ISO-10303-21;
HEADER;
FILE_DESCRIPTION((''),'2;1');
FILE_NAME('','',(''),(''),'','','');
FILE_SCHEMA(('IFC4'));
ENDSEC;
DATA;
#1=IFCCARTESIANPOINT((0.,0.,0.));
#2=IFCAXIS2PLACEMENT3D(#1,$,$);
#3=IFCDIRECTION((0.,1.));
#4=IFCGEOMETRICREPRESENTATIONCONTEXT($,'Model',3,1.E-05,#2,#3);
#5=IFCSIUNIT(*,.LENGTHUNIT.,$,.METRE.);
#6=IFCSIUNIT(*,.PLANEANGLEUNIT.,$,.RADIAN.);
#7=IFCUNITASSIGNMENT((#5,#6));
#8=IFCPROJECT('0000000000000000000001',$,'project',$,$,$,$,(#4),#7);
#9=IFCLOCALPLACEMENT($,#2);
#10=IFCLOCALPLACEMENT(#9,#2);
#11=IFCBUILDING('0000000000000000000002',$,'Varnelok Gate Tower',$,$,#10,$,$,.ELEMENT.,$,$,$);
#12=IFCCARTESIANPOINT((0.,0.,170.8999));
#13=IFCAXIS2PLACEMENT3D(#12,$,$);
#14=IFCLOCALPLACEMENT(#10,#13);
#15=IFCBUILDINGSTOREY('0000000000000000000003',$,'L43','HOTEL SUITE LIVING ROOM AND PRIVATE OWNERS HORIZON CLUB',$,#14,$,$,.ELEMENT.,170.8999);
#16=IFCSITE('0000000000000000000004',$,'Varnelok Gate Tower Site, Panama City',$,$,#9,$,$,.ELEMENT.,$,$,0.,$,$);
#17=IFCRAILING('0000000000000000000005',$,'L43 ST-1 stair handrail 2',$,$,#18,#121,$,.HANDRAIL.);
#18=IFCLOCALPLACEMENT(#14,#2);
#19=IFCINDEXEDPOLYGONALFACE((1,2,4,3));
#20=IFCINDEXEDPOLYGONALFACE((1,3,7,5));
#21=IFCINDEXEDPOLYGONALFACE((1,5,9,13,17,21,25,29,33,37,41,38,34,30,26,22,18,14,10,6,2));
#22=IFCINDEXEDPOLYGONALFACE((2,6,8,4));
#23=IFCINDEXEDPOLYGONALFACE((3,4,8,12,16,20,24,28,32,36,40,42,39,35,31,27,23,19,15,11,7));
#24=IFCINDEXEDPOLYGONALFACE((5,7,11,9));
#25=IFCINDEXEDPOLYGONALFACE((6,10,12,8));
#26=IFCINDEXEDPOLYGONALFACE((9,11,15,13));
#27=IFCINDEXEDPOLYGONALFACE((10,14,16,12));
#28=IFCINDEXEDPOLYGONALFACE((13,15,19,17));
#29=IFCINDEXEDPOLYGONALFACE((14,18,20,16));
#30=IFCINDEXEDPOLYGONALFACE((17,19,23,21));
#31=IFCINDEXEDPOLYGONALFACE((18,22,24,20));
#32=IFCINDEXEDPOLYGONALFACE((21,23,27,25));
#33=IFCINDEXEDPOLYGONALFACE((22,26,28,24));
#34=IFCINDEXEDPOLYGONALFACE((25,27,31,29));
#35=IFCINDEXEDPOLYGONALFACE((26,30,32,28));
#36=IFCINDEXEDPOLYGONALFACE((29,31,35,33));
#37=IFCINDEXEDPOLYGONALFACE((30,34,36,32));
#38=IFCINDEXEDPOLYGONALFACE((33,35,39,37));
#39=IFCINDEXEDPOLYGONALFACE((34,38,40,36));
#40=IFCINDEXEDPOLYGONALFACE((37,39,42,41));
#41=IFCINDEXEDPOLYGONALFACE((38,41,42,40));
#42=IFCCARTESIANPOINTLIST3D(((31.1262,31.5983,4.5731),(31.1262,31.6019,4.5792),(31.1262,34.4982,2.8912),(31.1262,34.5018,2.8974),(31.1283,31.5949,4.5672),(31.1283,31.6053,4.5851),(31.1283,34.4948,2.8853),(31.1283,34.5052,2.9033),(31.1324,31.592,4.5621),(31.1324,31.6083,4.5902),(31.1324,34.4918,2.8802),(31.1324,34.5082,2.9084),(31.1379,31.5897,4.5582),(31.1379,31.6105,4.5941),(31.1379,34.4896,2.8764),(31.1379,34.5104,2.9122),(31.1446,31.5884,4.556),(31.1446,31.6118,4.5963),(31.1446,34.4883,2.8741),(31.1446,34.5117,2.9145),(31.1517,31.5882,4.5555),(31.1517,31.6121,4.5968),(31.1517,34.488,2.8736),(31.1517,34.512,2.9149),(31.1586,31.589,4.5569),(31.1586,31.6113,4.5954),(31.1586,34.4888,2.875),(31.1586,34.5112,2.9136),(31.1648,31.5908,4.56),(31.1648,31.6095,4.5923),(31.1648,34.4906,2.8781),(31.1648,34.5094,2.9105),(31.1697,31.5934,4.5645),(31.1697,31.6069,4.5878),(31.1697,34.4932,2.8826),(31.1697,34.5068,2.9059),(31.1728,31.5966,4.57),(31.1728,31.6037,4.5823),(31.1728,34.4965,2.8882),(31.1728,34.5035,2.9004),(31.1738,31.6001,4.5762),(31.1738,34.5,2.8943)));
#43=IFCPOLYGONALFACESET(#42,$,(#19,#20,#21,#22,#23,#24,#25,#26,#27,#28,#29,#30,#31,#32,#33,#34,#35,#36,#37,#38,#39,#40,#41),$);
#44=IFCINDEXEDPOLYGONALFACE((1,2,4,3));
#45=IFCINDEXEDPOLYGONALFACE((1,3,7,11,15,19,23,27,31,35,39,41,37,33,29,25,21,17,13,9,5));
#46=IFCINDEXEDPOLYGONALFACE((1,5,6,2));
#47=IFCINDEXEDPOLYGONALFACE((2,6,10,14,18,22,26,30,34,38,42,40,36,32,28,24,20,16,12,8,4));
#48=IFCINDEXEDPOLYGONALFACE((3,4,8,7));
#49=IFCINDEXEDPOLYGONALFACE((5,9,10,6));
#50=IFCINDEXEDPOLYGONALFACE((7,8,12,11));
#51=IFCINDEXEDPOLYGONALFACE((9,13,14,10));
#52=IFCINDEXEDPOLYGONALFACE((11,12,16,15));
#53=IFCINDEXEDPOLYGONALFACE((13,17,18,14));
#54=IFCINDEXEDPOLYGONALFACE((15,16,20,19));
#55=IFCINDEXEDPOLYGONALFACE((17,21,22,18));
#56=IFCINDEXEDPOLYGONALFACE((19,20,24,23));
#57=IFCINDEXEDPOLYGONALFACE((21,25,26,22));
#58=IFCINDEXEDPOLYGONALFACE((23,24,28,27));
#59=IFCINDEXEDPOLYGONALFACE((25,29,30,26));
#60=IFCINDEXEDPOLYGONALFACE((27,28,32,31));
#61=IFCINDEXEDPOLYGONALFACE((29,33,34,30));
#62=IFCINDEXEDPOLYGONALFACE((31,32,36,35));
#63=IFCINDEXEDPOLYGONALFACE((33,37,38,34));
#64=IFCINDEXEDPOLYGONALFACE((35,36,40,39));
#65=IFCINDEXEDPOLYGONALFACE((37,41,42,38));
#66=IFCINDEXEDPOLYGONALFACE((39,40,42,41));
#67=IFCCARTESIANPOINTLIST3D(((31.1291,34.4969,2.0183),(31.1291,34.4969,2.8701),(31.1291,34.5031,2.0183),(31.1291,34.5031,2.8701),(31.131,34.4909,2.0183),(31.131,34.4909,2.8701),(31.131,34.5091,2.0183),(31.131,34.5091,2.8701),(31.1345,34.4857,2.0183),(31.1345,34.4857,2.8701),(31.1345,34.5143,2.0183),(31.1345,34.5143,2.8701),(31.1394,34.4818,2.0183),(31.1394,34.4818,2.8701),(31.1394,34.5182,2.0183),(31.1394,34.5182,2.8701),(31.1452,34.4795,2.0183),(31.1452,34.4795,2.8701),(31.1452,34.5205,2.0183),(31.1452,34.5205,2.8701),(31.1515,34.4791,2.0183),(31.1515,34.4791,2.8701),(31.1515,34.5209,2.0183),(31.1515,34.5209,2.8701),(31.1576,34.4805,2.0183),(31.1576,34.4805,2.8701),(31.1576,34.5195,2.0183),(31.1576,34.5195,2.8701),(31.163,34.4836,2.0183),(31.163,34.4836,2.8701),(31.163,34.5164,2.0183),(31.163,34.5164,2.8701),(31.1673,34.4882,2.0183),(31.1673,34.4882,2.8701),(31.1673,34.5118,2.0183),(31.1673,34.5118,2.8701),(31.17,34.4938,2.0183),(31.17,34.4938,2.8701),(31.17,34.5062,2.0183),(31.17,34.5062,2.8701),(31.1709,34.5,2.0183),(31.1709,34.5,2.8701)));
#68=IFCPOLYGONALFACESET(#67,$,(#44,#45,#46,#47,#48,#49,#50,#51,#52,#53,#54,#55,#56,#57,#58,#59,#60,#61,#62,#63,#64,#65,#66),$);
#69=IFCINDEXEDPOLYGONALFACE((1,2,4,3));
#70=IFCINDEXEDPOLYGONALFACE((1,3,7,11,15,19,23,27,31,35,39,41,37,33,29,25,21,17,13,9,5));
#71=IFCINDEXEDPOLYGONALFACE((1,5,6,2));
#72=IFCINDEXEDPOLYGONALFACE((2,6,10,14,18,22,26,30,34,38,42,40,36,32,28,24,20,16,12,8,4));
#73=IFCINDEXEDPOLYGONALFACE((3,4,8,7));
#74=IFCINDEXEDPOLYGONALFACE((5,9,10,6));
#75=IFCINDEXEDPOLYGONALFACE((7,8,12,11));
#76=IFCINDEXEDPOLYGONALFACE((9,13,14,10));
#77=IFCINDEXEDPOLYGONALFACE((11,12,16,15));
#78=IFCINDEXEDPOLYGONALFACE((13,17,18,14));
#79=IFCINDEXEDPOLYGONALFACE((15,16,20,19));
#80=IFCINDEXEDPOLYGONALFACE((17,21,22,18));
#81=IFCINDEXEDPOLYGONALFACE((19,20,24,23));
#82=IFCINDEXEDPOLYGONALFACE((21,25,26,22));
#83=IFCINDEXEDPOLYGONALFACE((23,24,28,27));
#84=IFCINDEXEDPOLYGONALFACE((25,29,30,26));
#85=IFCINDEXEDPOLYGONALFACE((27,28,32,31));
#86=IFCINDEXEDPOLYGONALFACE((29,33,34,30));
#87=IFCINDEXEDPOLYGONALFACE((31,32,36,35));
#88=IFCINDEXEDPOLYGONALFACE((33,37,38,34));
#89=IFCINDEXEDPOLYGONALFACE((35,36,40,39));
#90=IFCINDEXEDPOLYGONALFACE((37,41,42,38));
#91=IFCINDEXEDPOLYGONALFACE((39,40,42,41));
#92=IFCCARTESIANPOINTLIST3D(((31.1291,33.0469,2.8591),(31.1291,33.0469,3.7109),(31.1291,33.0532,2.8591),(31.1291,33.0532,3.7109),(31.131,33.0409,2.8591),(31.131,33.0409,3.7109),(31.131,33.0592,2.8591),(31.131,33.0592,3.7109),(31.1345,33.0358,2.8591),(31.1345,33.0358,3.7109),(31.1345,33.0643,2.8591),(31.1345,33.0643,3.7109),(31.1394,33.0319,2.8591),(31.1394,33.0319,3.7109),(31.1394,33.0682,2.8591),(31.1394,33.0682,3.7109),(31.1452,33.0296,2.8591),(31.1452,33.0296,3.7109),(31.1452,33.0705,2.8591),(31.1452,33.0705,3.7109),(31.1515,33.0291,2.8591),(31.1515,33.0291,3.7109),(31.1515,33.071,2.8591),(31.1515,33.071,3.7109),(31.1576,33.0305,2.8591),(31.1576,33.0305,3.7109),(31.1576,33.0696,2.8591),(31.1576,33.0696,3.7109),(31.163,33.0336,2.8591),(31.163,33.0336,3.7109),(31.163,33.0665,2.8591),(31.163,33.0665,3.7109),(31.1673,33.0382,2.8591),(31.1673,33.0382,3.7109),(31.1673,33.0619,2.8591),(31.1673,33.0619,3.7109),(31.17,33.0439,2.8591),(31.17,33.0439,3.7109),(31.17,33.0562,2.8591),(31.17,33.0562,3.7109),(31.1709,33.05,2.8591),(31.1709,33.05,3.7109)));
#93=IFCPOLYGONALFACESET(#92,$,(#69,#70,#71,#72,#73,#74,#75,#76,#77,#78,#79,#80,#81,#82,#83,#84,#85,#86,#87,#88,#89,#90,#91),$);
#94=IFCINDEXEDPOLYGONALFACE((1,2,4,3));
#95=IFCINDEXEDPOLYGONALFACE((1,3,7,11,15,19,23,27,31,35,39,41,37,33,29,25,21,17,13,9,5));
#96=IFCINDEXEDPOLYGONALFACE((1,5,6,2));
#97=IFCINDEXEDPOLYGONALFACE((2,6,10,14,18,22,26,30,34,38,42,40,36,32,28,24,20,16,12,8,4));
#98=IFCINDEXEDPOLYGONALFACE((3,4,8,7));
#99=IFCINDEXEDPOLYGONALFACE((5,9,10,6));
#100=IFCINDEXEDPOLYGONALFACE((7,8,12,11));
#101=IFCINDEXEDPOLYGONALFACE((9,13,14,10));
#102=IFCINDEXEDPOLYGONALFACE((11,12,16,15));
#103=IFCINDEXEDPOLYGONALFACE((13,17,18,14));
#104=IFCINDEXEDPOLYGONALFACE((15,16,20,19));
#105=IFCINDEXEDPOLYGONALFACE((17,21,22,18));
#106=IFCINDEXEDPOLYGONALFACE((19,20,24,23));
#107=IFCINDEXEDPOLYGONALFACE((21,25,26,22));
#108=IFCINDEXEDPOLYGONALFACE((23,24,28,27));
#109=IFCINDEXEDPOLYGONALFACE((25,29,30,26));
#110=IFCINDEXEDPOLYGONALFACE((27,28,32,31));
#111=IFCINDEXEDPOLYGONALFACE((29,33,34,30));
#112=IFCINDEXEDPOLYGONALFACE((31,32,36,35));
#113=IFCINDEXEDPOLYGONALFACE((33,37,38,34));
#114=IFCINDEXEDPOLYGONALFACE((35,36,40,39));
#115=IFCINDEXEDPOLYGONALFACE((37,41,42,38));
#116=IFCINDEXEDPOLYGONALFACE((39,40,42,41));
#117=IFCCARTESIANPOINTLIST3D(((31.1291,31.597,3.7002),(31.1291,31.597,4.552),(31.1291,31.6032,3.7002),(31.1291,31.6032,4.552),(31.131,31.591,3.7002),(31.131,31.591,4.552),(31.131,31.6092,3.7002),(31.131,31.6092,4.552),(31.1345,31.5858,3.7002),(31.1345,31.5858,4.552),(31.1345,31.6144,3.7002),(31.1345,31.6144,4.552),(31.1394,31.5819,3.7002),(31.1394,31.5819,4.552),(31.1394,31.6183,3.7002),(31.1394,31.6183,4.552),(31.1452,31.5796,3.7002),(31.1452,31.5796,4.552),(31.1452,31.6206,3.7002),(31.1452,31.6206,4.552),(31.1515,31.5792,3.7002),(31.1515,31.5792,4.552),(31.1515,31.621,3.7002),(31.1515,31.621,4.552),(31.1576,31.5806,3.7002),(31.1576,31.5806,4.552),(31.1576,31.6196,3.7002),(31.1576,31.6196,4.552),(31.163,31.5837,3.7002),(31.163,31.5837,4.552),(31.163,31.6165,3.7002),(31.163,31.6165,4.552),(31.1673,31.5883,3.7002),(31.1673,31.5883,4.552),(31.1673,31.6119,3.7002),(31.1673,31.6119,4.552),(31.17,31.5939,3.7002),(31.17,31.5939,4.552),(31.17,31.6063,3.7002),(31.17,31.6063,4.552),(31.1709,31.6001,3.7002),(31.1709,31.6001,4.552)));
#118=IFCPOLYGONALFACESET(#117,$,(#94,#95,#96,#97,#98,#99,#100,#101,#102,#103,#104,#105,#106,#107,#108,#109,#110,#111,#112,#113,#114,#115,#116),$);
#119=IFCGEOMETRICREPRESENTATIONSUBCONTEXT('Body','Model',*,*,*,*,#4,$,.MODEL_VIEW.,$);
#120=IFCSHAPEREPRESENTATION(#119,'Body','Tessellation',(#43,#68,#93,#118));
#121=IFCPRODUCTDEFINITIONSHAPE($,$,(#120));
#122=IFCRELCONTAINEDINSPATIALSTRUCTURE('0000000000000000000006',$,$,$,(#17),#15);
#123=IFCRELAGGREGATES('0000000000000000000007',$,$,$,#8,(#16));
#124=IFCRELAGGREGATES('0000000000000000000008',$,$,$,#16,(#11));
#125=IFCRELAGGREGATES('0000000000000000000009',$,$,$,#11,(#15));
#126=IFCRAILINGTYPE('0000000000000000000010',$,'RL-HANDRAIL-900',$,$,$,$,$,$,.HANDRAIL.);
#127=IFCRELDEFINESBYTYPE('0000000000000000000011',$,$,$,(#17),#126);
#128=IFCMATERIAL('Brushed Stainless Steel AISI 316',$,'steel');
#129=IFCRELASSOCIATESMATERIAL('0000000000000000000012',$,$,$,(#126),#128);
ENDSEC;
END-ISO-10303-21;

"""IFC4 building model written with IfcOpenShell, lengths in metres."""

from ifc_helpers import new_model, si_unit, direction, frame, origin, origin_2d, place, context, subcontext, project, spatial, circle, extrude, material, type_object, element, save


model = new_model("IFC4")

# Units and contexts
model_context = context("Model", 3, precision=1e-05, world=origin(), true_north=direction((0.0, 1.0)))
body_context = subcontext(model_context, "Body", "Model", "MODEL_VIEW")
ifc_project = project(units=[si_unit("LENGTHUNIT", "METRE"), si_unit("PLANEANGLEUNIT", "RADIAN")], contexts=[model_context])

# Site, building, storey
site_placement = place(None, origin())
site = spatial("IfcSite", under=ifc_project, at=site_placement, Name="Varnelok Gate Tower Site, Panama City", CompositionType="ELEMENT", RefElevation=0.0)
building_placement = place(site_placement, origin())
building = spatial("IfcBuilding", under=site, at=building_placement, Name="Varnelok Gate Tower", CompositionType="ELEMENT")
storey_placement = place(building_placement, frame((0.0, 0.0, 170.8999)))
storey = spatial("IfcBuildingStorey", under=building, at=storey_placement, Name="L43", Description="HOTEL SUITE LIVING ROOM AND PRIVATE OWNERS HORIZON CLUB", CompositionType="ELEMENT", Elevation=170.8999)

# Railing
ifc_material_1 = material(Name="Brushed Stainless Steel AISI 316", Category="steel")
railing_type_1 = type_object("IfcRailingType", Name="RL-HANDRAIL-900", PredefinedType="HANDRAIL", material=ifc_material_1)
railing_1_placement = place(storey_placement, frame((31.1499, 34.5, 2.0183)))
element("IfcRailing", 1, at=railing_1_placement, inside=storey, type_object=railing_type_1, Name="L43 ST-1 stair handrail 2", PredefinedType="HANDRAIL", context=body_context, shape_type="SweptSolid", body=[
    extrude(circle(Radius=0.0239, at=origin_2d()), frame((0.0, 0.0, 0.876), z_axis=(0.0, -0.865039, 0.501705), x_axis=(1.0, 0.0, 0.0)), (0.0, 0.0, 1.0), 3.3523),
    extrude(circle(Radius=0.021, at=origin_2d()), origin(), (0.0, 0.0, 1.0), 0.8518),
    extrude(circle(Radius=0.021, at=origin_2d()), frame((0.0, -1.45, 0.8408)), (0.0, 0.0, 1.0), 0.8518),
    extrude(circle(Radius=0.021, at=origin_2d()), frame((0.0, -2.8999, 1.6819)), (0.0, 0.0, 1.0), 0.8518),
])

save(model, "model.ifc")
